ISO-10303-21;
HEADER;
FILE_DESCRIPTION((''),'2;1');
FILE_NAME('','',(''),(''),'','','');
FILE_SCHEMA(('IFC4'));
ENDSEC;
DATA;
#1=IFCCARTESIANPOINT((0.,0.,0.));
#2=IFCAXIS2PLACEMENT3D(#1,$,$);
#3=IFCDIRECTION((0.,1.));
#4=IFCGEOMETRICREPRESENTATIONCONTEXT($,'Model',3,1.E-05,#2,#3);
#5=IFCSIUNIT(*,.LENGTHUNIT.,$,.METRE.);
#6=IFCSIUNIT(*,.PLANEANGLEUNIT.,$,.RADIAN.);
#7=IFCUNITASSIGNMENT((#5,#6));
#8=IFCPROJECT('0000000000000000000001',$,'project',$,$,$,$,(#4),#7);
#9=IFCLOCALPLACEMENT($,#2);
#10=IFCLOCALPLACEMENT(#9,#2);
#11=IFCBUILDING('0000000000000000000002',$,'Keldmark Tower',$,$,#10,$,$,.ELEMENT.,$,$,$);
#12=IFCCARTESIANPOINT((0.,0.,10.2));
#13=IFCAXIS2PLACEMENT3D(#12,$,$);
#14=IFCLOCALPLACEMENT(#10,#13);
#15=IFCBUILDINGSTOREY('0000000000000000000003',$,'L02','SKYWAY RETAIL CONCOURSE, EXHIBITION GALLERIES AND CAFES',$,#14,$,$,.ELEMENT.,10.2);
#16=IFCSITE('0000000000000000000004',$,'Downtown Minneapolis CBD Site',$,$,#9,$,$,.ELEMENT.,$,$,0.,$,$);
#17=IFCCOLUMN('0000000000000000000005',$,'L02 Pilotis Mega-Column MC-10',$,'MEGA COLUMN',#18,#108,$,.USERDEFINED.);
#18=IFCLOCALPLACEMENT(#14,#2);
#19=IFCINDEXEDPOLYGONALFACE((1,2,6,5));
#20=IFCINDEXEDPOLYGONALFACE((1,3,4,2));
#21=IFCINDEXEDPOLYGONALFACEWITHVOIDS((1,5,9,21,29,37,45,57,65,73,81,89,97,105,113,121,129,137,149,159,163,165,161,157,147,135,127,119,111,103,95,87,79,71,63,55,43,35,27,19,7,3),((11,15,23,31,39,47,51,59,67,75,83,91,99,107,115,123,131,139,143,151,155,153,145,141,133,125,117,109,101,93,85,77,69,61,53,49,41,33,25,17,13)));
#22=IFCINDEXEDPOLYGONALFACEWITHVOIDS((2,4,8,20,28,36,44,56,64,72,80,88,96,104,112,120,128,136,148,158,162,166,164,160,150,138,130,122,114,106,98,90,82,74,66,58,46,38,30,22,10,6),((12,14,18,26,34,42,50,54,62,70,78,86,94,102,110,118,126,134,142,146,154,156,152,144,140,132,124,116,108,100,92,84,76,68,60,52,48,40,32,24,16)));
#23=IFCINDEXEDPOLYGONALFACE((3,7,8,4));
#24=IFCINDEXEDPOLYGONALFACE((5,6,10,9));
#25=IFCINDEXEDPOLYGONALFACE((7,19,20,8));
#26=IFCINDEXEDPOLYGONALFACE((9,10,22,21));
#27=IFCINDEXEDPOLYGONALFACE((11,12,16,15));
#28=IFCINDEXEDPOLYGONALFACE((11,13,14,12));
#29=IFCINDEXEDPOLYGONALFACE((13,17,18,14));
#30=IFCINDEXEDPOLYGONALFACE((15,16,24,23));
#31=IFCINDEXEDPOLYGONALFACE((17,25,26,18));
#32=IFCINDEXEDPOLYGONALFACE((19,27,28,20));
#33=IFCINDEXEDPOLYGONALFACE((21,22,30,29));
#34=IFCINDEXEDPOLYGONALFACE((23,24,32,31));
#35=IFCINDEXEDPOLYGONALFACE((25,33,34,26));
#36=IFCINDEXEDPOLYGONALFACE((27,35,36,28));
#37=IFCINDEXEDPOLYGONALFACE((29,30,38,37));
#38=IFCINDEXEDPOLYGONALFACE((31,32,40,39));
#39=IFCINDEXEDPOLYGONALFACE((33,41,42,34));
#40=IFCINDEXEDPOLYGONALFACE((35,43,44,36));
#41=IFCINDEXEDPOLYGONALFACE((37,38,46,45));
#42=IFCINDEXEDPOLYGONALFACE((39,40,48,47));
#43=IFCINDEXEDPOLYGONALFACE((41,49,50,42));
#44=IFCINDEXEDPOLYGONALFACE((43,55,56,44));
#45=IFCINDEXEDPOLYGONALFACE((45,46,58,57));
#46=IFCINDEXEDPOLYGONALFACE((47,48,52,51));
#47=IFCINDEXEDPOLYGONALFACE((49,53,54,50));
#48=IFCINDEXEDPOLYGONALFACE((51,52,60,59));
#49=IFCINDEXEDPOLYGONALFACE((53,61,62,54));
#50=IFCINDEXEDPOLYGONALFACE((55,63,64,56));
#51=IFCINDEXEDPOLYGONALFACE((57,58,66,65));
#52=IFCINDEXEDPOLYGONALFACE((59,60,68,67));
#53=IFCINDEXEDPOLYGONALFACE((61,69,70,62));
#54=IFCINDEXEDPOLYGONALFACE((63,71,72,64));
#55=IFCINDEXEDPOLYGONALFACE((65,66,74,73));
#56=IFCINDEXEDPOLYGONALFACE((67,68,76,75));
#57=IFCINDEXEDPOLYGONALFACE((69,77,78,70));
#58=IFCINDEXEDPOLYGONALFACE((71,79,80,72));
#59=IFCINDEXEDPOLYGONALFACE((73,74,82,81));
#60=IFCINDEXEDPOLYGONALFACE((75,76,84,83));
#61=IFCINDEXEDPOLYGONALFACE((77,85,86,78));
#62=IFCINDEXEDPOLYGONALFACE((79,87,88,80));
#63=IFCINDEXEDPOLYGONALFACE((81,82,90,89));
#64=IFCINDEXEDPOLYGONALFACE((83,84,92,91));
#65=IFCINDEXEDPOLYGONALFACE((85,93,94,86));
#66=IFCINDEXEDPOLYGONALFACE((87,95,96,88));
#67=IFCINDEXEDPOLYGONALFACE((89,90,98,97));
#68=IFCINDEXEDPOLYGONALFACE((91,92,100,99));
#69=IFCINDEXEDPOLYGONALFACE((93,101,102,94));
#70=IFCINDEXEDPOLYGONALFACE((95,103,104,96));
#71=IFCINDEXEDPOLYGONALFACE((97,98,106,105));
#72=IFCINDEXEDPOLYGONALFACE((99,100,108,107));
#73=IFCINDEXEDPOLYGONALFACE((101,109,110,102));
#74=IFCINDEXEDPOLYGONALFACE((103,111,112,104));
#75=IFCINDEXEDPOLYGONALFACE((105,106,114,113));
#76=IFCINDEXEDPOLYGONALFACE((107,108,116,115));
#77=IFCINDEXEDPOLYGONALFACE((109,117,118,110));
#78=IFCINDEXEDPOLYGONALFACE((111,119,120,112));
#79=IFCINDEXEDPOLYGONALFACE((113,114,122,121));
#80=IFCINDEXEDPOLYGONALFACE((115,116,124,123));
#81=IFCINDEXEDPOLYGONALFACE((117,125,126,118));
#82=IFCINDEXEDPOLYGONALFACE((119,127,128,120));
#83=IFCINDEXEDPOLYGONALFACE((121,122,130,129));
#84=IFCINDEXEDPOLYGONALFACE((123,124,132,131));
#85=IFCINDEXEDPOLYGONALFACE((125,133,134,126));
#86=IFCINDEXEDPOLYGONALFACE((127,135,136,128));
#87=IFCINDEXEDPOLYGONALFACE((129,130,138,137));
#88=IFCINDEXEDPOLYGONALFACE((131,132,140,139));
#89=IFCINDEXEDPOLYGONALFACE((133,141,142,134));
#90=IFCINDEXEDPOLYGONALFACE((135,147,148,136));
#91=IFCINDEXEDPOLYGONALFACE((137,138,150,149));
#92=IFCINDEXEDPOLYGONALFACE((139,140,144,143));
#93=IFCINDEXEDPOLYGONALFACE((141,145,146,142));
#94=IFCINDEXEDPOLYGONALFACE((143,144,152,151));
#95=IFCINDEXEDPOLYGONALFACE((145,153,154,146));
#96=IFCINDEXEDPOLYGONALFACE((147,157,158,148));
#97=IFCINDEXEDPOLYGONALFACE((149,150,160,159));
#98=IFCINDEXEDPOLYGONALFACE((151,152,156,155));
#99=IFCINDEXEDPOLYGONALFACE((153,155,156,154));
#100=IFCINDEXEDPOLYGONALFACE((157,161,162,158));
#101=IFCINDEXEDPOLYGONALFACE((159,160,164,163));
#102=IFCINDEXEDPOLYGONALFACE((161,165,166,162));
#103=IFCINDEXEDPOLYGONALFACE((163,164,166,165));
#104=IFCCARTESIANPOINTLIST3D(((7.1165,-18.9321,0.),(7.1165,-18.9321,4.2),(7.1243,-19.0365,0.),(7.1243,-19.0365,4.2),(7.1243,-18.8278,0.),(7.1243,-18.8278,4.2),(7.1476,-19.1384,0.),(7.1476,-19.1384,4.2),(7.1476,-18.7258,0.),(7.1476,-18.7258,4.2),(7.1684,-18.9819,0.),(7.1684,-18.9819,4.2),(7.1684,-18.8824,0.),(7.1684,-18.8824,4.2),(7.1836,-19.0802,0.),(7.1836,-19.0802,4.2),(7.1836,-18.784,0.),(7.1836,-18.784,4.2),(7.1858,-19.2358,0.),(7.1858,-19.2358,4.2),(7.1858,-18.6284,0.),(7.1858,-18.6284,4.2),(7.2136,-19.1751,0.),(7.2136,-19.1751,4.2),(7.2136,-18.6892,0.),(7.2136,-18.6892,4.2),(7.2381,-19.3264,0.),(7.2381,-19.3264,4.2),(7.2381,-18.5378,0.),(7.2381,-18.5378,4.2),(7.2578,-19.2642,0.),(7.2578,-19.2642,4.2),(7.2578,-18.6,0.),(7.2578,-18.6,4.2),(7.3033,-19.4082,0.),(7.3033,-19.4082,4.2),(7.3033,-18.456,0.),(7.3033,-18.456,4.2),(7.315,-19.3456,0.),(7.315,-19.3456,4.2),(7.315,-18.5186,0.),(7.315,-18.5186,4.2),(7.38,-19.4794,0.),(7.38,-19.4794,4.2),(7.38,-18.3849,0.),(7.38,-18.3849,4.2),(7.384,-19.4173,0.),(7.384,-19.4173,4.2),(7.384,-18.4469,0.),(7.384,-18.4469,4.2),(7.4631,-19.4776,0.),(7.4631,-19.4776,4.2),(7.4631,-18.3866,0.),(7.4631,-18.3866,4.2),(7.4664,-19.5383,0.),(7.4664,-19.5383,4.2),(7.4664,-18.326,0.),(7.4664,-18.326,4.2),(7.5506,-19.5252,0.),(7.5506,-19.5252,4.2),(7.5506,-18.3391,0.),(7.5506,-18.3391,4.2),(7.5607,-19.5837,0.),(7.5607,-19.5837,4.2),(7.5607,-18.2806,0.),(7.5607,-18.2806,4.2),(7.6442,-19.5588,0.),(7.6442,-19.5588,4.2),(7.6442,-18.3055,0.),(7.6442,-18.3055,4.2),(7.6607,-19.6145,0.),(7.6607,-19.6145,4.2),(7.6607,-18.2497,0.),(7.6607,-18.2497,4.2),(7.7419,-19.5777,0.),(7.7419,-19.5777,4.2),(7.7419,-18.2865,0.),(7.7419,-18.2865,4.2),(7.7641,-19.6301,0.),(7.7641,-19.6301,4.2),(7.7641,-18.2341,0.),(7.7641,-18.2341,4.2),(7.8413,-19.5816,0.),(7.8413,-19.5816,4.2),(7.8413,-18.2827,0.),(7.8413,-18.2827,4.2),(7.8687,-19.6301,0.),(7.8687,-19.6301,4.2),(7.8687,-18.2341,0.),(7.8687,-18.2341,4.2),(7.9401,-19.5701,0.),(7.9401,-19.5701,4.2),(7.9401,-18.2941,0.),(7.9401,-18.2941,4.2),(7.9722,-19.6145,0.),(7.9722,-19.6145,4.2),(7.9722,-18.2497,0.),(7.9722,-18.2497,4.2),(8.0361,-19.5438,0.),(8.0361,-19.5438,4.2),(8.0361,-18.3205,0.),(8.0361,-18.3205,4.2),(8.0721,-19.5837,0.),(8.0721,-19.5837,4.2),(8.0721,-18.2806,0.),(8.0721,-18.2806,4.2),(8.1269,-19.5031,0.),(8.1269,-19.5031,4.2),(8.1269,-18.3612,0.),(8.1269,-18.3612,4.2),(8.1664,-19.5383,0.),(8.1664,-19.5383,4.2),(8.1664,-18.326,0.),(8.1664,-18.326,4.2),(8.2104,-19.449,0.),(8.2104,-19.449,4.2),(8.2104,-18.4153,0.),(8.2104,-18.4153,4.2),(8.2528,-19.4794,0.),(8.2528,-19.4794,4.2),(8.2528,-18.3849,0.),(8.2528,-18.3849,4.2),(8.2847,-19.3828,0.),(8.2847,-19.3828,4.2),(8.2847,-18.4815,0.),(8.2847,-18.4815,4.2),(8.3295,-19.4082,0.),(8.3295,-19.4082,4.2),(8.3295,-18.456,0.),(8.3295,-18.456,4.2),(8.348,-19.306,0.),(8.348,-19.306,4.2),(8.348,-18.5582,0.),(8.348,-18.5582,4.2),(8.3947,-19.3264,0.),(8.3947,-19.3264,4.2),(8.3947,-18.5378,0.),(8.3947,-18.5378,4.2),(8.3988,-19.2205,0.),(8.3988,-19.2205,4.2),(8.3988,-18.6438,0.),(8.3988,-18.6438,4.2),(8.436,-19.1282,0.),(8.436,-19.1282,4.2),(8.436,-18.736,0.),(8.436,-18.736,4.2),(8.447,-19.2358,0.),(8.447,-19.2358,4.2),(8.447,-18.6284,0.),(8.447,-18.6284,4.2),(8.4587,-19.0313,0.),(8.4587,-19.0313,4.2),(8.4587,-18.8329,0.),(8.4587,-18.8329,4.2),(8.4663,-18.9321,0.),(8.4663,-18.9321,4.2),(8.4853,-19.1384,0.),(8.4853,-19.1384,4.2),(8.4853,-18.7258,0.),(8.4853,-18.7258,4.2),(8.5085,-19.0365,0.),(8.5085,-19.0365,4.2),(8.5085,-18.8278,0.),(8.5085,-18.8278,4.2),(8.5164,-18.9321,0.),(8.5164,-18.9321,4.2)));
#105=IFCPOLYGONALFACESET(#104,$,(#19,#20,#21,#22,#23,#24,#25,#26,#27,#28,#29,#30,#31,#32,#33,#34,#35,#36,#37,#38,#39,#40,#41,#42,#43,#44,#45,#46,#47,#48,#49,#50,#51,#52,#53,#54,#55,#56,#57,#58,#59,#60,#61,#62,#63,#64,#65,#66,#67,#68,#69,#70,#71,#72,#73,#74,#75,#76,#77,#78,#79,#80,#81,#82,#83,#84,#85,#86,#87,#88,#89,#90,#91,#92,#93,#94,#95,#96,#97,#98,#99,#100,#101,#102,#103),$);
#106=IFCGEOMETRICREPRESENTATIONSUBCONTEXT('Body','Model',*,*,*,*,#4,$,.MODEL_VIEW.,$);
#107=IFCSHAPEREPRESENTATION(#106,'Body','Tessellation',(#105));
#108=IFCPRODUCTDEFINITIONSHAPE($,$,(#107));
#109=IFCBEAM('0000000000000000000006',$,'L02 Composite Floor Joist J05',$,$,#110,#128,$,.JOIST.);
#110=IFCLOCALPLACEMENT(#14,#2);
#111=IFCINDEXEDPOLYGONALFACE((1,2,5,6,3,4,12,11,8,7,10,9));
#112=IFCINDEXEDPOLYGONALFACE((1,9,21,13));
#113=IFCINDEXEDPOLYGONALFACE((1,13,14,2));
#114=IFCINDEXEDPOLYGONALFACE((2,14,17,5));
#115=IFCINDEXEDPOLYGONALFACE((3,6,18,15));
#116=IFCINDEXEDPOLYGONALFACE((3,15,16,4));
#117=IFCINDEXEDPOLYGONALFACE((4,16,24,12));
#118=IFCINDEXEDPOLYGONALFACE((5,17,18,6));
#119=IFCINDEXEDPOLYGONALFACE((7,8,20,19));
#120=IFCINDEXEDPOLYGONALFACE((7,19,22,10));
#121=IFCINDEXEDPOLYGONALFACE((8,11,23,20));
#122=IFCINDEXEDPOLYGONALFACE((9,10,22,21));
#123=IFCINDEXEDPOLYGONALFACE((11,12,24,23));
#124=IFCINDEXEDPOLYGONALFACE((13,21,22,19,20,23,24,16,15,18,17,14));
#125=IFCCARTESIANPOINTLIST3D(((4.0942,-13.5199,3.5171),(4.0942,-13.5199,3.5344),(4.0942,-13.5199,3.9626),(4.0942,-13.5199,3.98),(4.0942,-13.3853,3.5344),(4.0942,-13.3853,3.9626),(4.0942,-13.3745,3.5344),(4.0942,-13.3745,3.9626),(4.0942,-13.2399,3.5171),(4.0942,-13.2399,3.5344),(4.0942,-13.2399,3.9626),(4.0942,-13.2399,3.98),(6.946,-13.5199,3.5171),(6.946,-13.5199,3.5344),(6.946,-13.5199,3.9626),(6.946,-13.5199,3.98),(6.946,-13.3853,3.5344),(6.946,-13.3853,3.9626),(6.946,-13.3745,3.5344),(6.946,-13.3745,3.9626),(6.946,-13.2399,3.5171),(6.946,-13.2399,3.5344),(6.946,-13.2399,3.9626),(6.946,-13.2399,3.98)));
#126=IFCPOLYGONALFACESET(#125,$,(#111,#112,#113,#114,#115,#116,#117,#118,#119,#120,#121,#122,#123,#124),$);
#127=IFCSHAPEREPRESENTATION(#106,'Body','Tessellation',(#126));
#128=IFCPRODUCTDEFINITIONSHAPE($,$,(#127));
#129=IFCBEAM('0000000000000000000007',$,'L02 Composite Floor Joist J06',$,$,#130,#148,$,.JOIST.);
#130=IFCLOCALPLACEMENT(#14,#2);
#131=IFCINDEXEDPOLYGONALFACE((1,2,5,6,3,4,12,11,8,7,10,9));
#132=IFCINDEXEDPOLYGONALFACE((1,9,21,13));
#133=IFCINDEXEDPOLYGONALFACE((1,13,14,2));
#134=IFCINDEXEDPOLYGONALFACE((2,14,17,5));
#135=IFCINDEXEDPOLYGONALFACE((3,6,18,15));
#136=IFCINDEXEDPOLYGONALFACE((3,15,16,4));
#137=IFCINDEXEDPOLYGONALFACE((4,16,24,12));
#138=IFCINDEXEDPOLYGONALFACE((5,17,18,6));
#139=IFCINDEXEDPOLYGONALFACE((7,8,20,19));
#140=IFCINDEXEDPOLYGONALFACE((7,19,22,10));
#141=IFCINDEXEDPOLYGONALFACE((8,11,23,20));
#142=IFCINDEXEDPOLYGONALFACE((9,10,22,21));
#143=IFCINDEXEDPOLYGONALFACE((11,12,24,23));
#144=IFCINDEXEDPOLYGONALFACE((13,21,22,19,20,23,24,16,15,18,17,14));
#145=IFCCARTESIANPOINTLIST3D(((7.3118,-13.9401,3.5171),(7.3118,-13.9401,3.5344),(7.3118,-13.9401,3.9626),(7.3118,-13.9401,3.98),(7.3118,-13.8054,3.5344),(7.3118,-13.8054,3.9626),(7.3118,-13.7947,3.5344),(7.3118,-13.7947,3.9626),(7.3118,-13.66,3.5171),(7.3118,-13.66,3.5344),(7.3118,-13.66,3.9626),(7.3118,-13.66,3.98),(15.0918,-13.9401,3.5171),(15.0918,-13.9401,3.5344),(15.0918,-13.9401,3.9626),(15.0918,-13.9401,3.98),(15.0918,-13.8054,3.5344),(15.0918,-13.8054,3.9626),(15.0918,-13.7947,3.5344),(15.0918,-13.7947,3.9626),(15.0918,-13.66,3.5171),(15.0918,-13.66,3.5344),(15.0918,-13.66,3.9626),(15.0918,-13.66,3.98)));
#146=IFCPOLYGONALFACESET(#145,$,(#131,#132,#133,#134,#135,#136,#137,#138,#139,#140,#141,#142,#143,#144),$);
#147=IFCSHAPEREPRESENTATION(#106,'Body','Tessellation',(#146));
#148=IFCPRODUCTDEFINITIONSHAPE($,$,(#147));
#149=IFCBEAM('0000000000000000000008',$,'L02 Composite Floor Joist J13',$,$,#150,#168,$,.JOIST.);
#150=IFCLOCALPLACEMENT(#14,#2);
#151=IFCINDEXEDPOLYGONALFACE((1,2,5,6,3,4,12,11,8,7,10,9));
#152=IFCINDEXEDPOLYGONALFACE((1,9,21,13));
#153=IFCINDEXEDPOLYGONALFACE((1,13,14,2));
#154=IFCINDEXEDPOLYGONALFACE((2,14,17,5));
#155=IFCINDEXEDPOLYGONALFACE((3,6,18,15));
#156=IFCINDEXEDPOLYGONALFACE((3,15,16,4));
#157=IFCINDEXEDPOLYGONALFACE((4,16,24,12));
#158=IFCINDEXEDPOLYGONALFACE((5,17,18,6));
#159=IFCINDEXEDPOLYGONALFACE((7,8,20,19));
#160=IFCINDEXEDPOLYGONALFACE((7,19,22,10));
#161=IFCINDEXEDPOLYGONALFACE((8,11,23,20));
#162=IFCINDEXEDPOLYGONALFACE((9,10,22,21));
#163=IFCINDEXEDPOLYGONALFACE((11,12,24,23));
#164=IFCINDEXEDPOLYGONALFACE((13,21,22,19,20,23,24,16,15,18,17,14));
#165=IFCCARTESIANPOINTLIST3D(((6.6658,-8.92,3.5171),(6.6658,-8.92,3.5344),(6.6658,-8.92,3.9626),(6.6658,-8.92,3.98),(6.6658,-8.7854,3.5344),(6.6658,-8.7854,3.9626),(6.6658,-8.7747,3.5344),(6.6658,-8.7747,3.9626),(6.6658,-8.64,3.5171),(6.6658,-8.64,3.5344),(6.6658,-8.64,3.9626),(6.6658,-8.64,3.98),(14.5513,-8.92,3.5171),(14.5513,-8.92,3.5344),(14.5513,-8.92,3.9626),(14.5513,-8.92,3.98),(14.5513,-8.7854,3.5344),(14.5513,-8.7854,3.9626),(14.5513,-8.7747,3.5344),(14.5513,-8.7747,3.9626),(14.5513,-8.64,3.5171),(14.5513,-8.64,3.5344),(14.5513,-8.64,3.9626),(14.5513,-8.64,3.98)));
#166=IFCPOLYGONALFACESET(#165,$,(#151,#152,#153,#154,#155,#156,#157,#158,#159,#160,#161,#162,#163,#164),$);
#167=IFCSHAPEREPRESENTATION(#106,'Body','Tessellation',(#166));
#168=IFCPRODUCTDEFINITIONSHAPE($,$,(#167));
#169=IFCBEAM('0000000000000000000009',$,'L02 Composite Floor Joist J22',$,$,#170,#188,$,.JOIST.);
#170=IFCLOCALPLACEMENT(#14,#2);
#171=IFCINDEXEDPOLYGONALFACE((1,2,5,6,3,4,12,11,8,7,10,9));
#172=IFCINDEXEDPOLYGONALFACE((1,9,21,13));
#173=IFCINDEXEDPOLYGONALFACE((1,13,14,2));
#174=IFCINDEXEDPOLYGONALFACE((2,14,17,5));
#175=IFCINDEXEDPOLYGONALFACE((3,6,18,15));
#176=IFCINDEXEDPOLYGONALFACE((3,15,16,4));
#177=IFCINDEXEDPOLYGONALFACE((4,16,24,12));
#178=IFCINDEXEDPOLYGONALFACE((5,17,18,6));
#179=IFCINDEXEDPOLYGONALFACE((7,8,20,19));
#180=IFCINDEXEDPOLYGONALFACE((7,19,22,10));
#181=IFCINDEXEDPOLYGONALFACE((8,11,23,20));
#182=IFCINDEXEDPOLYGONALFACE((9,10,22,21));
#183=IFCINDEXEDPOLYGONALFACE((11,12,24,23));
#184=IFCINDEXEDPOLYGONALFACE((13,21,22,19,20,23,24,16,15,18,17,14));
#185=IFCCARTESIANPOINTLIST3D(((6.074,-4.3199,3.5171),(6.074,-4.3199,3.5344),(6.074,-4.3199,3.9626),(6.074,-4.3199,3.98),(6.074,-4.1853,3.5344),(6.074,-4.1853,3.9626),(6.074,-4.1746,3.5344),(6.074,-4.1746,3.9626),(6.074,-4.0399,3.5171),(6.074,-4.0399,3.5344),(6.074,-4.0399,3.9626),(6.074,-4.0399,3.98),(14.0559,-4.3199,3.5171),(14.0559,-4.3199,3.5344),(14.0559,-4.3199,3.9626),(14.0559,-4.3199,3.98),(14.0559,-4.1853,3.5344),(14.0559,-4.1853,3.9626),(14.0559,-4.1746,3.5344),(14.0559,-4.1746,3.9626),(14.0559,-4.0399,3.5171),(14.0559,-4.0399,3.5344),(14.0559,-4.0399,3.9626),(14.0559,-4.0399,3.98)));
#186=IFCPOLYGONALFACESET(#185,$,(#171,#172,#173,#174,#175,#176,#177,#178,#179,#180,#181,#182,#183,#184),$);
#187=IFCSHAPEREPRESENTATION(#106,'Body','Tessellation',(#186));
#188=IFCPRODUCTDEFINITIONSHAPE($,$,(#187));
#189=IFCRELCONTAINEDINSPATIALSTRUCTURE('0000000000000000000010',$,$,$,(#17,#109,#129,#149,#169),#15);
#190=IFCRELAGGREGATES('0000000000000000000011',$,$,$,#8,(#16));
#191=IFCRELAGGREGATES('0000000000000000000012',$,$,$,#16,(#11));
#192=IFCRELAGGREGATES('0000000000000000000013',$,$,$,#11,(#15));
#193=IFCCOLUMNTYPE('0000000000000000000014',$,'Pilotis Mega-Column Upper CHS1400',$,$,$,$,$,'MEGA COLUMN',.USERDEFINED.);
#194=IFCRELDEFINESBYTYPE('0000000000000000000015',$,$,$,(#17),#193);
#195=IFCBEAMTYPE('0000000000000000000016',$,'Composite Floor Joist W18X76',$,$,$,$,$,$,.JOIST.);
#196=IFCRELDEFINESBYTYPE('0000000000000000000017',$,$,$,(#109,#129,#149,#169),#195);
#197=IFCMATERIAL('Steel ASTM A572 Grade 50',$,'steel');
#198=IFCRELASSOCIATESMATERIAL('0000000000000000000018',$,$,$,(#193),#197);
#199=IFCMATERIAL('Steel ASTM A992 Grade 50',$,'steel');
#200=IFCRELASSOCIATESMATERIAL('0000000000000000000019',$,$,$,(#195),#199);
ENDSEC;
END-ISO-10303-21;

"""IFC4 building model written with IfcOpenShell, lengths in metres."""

from ifc_helpers import new_model, si_unit, direction, frame, origin, origin_2d, place, context, subcontext, project, spatial, hollow_circle, i_section, extrude, material, material_profile, profile_set, type_object, element, save


model = new_model("IFC4")

# Units and contexts
model_context = context("Model", 3, precision=1e-05, world=origin(), true_north=direction((0.0, 1.0)))
body_context = subcontext(model_context, "Body", "Model", "MODEL_VIEW")
ifc_project = project(units=[si_unit("LENGTHUNIT", "METRE"), si_unit("PLANEANGLEUNIT", "RADIAN")], contexts=[model_context])

# Site, building, storey
site_placement = place(None, origin())
site = spatial("IfcSite", under=ifc_project, at=site_placement, Name="Downtown Minneapolis CBD Site", CompositionType="ELEMENT", RefElevation=0.0)
building_placement = place(site_placement, origin())
building = spatial("IfcBuilding", under=site, at=building_placement, Name="Keldmark Tower", CompositionType="ELEMENT")
storey_placement = place(building_placement, frame((0.0, 0.0, 10.2)))
storey = spatial("IfcBuildingStorey", under=building, at=storey_placement, Name="L02", Description="SKYWAY RETAIL CONCOURSE, EXHIBITION GALLERIES AND CAFES", CompositionType="ELEMENT", Elevation=10.2)

# Column
ifc_material_1 = material(Name="Steel ASTM A572 Grade 50", Category="steel")
ifc_material_profile_1 = material_profile(ifc_material_1, hollow_circle(Radius=0.7, WallThickness=0.05, at=origin_2d()), Name="CHS1400X50")
ifc_profile_set_1 = profile_set([ifc_material_profile_1], Name="Steel ASTM A572 Grade 50")
column_type = type_object("IfcColumnType", Name="Pilotis Mega-Column Upper CHS1400", ElementType="MEGA COLUMN", PredefinedType="USERDEFINED", material=ifc_profile_set_1)
column_placement = place(storey_placement, frame((7.8164, -18.9321, 0.0), z_axis=(0.0, 0.0, 1.0), x_axis=(1.0, 0.0, 0.0)))
element("IfcColumn", 1, at=column_placement, inside=storey, type_object=column_type, Name="L02 Pilotis Mega-Column MC-10", ObjectType="MEGA COLUMN", PredefinedType="USERDEFINED", context=body_context, shape_type="SweptSolid", body=[
    extrude(hollow_circle(Radius=0.7, WallThickness=0.05, at=origin_2d()), origin(), (0.0, 0.0, 1.0), 4.2),
])

# Beams
ifc_material_2 = material(Name="Steel ASTM A992 Grade 50", Category="steel")
ifc_material_profile_2 = material_profile(ifc_material_2, i_section(OverallWidth=0.28, OverallDepth=0.4629, WebThickness=0.0107, FlangeThickness=0.0173, at=origin_2d()), Name="W18X76")
ifc_profile_set_2 = profile_set([ifc_material_profile_2], Name="Steel ASTM A992 Grade 50")
beam_type_1 = type_object("IfcBeamType", Name="Composite Floor Joist W18X76", PredefinedType="JOIST", material=ifc_profile_set_2)
beam_1_placement = place(storey_placement, frame((4.0942, -13.3799, 3.7485), z_axis=(1.0, 0.0, 0.0), x_axis=(0.0, 1.0, 0.0)))
element("IfcBeam", 2, at=beam_1_placement, inside=storey, type_object=beam_type_1, Name="L02 Composite Floor Joist J05", PredefinedType="JOIST", context=body_context, shape_type="SweptSolid", body=[
    extrude(i_section(OverallWidth=0.28, OverallDepth=0.4629, WebThickness=0.0107, FlangeThickness=0.0173, at=origin_2d()), origin(), (0.0, 0.0, 1.0), 2.8518),
])
beam_2_placement = place(storey_placement, frame((7.3118, -13.8, 3.7485), z_axis=(1.0, 0.0, 0.0), x_axis=(0.0, 1.0, 0.0)))
element("IfcBeam", 3, at=beam_2_placement, inside=storey, type_object=beam_type_1, Name="L02 Composite Floor Joist J06", PredefinedType="JOIST", context=body_context, shape_type="SweptSolid", body=[
    extrude(i_section(OverallWidth=0.28, OverallDepth=0.4629, WebThickness=0.0107, FlangeThickness=0.0173, at=origin_2d()), origin(), (0.0, 0.0, 1.0), 7.78),
])
beam_3_placement = place(storey_placement, frame((6.6658, -8.78, 3.7485), z_axis=(1.0, 0.0, 0.0), x_axis=(0.0, 1.0, 0.0)))
element("IfcBeam", 4, at=beam_3_placement, inside=storey, type_object=beam_type_1, Name="L02 Composite Floor Joist J13", PredefinedType="JOIST", context=body_context, shape_type="SweptSolid", body=[
    extrude(i_section(OverallWidth=0.28, OverallDepth=0.4629, WebThickness=0.0107, FlangeThickness=0.0173, at=origin_2d()), origin(), (0.0, 0.0, 1.0), 7.8855),
])
beam_4_placement = place(storey_placement, frame((6.074, -4.1799, 3.7485), z_axis=(1.0, 0.0, 0.0), x_axis=(0.0, 1.0, 0.0)))
element("IfcBeam", 5, at=beam_4_placement, inside=storey, type_object=beam_type_1, Name="L02 Composite Floor Joist J22", PredefinedType="JOIST", context=body_context, shape_type="SweptSolid", body=[
    extrude(i_section(OverallWidth=0.28, OverallDepth=0.4629, WebThickness=0.0107, FlangeThickness=0.0173, at=origin_2d()), origin(), (0.0, 0.0, 1.0), 7.9819),
])

save(model, "model.ifc")
